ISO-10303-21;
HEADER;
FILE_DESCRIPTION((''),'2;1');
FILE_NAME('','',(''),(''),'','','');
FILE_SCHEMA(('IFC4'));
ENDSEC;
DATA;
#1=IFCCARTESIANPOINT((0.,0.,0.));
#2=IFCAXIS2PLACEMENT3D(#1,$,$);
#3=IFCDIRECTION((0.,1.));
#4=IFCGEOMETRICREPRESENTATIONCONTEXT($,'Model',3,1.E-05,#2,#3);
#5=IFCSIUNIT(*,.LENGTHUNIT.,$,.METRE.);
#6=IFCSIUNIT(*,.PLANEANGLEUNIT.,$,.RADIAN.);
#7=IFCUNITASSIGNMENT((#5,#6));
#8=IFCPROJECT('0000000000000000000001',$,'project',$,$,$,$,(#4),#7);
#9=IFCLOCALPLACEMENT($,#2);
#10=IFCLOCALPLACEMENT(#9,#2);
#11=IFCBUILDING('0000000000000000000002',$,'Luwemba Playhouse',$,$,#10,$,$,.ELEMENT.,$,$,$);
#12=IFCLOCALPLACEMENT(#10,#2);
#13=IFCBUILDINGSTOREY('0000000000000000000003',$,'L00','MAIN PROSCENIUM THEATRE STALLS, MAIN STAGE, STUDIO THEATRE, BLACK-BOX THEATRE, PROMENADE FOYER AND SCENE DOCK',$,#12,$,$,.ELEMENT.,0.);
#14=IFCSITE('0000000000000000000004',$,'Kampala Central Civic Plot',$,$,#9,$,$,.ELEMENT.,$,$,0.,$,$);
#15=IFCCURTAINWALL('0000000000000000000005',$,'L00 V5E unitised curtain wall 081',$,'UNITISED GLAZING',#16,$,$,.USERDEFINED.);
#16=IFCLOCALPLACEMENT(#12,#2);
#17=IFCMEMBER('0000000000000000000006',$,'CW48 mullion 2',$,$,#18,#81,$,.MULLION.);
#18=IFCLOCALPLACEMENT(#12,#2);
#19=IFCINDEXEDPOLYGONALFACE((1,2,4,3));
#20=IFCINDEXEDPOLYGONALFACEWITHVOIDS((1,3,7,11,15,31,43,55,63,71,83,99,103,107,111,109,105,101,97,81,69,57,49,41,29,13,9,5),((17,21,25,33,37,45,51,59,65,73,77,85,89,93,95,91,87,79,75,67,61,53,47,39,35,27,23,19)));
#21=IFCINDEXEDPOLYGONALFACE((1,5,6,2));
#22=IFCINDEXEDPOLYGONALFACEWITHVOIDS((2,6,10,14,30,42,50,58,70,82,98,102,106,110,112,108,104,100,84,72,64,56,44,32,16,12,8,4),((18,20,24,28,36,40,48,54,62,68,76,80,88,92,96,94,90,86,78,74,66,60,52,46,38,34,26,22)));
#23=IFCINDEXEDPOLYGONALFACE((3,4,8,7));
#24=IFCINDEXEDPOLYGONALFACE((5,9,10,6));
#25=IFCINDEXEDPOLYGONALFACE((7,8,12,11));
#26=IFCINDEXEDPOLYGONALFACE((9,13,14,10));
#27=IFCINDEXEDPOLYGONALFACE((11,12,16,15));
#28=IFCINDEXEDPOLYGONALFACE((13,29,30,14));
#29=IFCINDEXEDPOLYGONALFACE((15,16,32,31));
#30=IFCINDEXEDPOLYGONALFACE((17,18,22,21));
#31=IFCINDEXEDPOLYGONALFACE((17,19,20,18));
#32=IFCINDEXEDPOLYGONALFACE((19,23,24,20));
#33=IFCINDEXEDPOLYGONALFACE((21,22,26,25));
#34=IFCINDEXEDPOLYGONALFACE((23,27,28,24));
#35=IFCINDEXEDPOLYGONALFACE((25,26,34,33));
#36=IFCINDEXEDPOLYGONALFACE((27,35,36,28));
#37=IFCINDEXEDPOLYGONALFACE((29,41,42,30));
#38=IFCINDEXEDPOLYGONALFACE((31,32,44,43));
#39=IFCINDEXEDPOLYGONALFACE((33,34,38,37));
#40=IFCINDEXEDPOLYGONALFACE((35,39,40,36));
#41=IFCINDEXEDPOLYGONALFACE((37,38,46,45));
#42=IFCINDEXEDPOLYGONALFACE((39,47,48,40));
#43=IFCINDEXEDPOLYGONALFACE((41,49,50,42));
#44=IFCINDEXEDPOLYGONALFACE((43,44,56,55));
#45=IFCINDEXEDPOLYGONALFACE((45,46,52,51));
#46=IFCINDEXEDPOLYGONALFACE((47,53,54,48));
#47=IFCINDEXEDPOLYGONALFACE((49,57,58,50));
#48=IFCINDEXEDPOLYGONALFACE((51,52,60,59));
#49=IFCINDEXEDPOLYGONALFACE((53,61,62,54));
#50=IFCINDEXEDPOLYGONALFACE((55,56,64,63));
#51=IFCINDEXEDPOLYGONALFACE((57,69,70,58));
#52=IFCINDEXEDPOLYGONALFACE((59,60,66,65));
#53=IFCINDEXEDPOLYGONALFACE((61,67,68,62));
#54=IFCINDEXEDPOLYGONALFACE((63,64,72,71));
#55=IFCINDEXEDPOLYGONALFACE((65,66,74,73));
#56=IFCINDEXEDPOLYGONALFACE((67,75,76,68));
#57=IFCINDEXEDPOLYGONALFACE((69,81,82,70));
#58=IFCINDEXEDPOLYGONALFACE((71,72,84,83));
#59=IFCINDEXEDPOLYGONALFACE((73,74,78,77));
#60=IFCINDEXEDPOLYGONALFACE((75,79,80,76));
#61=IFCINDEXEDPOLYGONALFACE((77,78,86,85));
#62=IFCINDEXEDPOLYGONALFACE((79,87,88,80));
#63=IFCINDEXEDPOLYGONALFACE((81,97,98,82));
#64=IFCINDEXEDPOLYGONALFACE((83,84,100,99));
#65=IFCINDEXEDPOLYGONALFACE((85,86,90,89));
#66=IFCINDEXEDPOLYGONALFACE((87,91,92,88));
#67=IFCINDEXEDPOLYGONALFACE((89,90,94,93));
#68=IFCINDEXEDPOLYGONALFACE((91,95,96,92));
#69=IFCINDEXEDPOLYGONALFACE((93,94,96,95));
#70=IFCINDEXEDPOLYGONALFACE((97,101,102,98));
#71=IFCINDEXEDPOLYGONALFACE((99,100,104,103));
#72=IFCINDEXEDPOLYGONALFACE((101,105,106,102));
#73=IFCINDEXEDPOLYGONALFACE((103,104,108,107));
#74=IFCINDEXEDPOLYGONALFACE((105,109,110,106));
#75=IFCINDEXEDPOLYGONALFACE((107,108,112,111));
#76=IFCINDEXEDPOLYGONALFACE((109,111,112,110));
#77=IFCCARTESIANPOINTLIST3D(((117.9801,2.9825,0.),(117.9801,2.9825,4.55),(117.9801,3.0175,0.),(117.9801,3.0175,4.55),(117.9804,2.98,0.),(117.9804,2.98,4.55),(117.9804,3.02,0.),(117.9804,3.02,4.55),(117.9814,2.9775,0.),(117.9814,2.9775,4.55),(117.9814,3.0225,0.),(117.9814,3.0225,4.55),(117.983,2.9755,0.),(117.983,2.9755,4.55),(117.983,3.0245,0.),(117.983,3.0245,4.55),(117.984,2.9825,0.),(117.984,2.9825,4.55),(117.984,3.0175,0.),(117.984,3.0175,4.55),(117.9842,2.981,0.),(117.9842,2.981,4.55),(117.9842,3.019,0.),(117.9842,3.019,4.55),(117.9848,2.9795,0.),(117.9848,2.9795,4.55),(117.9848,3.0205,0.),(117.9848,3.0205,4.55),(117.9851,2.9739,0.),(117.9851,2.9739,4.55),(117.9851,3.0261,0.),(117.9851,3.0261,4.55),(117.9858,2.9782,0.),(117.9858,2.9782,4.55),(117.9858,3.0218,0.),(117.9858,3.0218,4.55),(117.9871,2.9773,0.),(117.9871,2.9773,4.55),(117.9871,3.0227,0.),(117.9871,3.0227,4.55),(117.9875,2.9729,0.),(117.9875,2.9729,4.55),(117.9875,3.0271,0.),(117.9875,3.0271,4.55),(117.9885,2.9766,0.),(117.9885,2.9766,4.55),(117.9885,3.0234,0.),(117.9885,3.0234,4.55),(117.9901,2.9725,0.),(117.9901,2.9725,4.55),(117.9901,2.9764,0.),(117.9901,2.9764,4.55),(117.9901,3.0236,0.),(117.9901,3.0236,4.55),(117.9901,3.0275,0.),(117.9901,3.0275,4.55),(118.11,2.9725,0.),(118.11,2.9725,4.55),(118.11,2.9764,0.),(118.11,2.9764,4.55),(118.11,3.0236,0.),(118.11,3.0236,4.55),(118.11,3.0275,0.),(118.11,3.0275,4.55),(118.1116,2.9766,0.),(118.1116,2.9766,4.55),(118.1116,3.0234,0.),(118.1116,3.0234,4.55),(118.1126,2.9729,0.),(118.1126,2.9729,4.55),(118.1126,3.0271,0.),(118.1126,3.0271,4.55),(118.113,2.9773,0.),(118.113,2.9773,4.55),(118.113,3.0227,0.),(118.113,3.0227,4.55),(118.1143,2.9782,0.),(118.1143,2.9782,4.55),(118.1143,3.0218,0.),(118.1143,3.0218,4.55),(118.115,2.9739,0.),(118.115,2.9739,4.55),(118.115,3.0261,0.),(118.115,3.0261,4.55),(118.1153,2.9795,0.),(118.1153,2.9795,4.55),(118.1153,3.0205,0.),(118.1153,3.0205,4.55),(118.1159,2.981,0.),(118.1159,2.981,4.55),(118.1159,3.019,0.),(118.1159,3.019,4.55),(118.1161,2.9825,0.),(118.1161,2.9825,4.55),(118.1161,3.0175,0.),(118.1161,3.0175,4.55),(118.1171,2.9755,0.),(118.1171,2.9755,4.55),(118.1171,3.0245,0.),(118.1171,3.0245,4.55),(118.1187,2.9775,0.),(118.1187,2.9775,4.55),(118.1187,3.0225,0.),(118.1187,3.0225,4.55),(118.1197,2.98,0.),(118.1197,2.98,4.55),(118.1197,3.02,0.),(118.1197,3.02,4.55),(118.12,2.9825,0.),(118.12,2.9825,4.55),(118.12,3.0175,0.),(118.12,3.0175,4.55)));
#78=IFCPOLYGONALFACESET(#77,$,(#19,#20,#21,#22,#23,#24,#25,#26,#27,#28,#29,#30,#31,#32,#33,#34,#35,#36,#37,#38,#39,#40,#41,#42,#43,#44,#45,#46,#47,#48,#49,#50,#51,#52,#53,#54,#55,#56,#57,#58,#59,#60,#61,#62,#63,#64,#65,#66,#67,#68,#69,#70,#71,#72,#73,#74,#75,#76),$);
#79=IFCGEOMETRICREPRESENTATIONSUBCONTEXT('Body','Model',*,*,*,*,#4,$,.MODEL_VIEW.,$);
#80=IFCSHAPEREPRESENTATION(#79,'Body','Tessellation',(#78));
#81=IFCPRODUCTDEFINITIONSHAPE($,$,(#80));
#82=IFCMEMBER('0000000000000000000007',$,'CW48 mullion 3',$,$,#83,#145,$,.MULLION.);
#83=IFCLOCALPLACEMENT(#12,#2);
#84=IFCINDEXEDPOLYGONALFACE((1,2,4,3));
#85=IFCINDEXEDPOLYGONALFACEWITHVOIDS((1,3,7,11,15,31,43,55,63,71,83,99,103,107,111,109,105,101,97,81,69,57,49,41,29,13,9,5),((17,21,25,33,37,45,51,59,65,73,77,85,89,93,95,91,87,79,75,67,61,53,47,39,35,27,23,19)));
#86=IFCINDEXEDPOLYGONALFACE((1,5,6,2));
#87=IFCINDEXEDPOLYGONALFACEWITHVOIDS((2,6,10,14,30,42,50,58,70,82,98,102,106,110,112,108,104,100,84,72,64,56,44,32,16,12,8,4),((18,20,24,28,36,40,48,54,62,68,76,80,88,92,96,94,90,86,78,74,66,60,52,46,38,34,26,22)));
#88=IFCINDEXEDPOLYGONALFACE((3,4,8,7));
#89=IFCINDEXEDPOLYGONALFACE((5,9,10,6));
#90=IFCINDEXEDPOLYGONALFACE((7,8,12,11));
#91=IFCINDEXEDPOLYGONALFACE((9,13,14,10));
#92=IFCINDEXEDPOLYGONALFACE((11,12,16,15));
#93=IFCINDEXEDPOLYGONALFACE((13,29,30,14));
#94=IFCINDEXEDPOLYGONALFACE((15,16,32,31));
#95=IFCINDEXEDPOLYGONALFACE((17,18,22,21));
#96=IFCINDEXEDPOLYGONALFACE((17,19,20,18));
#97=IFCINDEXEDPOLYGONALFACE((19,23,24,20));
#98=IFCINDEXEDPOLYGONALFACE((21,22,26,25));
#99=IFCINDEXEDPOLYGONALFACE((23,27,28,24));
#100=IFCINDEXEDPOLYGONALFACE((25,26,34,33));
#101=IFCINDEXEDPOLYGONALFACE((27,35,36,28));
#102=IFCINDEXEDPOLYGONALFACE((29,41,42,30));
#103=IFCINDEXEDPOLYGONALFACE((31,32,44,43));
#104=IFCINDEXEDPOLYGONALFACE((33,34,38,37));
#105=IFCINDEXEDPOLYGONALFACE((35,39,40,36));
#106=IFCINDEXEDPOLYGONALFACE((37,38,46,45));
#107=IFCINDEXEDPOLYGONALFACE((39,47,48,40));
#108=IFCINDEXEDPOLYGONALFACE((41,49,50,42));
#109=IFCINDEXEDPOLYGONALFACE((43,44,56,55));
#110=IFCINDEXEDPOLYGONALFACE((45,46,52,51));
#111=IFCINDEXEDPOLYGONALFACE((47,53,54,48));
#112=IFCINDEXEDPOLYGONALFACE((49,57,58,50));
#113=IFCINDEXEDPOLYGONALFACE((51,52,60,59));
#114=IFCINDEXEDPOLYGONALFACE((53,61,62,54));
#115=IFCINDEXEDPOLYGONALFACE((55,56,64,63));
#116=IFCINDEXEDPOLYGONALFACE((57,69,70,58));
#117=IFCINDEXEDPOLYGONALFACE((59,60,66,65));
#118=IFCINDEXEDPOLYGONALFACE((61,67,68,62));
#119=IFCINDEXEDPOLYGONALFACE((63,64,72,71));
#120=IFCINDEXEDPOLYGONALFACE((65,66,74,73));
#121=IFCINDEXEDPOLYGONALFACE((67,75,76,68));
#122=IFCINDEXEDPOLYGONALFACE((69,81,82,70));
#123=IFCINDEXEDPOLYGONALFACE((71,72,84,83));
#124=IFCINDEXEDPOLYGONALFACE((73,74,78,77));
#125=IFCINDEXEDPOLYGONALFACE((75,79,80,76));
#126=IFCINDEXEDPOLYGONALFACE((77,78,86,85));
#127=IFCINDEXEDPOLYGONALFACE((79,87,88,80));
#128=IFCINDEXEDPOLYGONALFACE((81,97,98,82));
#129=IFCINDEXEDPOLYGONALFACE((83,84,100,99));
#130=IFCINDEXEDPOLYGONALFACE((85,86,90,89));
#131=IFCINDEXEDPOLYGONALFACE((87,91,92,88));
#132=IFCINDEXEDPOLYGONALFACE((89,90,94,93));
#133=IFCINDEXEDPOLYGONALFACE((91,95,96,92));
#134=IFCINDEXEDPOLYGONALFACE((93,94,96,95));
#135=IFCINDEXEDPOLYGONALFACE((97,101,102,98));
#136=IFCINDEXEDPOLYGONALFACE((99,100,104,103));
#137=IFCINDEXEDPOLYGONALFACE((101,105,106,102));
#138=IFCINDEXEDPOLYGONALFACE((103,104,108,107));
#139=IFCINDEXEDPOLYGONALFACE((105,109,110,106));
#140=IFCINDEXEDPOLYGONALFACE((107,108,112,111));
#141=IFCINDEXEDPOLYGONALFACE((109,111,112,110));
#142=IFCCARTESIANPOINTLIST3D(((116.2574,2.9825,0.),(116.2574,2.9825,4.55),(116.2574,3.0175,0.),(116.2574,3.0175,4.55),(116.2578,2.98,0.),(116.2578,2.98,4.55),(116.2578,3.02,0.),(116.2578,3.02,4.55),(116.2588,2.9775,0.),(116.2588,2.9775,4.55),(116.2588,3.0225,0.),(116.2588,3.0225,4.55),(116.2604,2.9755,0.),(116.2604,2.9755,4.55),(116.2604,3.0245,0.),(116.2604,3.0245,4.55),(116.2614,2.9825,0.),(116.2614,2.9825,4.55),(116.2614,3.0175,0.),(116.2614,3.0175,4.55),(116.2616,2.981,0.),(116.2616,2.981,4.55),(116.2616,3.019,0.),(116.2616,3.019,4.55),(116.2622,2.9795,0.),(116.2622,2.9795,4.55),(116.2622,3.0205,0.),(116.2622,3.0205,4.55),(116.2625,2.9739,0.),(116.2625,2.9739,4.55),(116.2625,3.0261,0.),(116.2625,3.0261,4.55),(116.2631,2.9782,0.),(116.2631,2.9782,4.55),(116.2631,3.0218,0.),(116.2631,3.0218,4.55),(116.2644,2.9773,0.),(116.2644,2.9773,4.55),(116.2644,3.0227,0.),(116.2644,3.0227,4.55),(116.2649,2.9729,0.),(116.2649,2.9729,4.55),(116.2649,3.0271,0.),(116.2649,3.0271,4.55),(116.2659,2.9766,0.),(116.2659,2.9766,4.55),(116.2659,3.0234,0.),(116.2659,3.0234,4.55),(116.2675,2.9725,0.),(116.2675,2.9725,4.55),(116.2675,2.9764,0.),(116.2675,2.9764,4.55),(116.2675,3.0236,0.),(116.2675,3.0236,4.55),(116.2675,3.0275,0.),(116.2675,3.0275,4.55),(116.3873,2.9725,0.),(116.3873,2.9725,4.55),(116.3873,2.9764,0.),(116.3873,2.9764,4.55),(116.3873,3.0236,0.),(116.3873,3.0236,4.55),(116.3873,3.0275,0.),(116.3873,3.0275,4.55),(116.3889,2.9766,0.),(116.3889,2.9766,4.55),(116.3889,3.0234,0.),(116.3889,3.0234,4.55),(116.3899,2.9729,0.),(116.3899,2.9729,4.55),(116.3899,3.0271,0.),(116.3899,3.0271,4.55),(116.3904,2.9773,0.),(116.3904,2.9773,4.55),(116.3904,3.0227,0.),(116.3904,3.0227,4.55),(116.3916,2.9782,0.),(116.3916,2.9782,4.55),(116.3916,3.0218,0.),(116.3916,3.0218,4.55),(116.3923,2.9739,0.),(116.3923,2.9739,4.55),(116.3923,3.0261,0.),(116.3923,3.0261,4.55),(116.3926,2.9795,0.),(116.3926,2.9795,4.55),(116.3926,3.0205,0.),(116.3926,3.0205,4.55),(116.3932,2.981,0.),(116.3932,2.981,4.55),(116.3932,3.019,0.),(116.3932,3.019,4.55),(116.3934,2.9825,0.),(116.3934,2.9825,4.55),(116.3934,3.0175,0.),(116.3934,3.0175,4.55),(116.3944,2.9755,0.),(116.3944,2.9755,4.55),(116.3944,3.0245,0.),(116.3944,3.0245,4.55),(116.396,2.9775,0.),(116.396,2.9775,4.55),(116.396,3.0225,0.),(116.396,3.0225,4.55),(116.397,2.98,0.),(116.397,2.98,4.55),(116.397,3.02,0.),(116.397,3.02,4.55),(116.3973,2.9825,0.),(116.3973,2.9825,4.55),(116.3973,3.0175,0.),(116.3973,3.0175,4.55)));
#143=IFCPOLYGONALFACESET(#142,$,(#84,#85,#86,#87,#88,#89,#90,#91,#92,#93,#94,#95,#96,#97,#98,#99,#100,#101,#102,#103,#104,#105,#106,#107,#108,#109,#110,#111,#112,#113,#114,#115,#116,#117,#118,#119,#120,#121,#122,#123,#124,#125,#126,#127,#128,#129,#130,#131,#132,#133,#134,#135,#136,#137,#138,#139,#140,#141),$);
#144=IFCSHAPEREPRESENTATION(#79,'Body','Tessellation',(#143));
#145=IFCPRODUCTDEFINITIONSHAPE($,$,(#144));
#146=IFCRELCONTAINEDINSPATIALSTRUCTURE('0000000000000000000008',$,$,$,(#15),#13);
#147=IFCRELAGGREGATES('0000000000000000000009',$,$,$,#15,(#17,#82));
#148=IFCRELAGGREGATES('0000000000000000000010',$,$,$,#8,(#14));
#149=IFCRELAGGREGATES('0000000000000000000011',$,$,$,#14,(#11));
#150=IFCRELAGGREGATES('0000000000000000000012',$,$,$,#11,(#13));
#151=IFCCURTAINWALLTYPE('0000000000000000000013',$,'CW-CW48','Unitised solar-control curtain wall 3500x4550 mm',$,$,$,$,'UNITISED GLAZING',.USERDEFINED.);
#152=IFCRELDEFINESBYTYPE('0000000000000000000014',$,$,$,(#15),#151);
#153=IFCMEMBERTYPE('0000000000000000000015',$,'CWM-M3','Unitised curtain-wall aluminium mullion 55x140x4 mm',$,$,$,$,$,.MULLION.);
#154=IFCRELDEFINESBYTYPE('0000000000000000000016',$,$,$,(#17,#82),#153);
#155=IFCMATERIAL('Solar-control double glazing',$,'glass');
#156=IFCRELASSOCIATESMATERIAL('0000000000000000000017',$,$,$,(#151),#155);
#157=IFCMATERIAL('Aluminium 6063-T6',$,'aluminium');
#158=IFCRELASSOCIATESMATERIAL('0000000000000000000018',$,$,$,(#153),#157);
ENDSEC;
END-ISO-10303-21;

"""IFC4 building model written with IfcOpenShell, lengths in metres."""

from ifc_helpers import new_model, si_unit, direction, frame, origin, origin_2d, place, context, subcontext, project, spatial, hollow_rectangle, extrude, material, material_profile, profile_set, type_object, element, aggregate, save


model = new_model("IFC4")

# Units and contexts
model_context = context("Model", 3, precision=1e-05, world=origin(), true_north=direction((0.0, 1.0)))
body_context = subcontext(model_context, "Body", "Model", "MODEL_VIEW")
ifc_project = project(units=[si_unit("LENGTHUNIT", "METRE"), si_unit("PLANEANGLEUNIT", "RADIAN")], contexts=[model_context])

# Site, building, storey
site_placement = place(None, origin())
site = spatial("IfcSite", under=ifc_project, at=site_placement, Name="Kampala Central Civic Plot", CompositionType="ELEMENT", RefElevation=0.0)
building_placement = place(site_placement, origin())
building = spatial("IfcBuilding", under=site, at=building_placement, Name="Luwemba Playhouse", CompositionType="ELEMENT")
storey_placement = place(building_placement, origin())
storey = spatial("IfcBuildingStorey", under=building, at=storey_placement, Name="L00", Description="MAIN PROSCENIUM THEATRE STALLS, MAIN STAGE, STUDIO THEATRE, BLACK-BOX THEATRE, PROMENADE FOYER AND SCENE DOCK", CompositionType="ELEMENT", Elevation=0.0)

# Shared definitions
ifc_material_1 = material(Name="Solar-control double glazing", Category="glass")
ifc_material_2 = material(Name="Aluminium 6063-T6", Category="aluminium")

# Curtain wall, members
curtain_wall_type_1 = type_object("IfcCurtainWallType", Name="CW-CW48", Description="Unitised solar-control curtain wall 3500x4550 mm", ElementType="UNITISED GLAZING", PredefinedType="USERDEFINED", material=ifc_material_1)
curtain_wall_1_placement = place(storey_placement, origin())
curtain_wall_1 = element("IfcCurtainWall", 1, at=curtain_wall_1_placement, inside=storey, type_object=curtain_wall_type_1, Name="L00 V5E unitised curtain wall 081", ObjectType="UNITISED GLAZING", PredefinedType="USERDEFINED")
ifc_material_profile_1 = material_profile(ifc_material_2, hollow_rectangle(XDim=0.0549, YDim=0.1399, WallThickness=0.0039, InnerFilletRadius=0.0061, OuterFilletRadius=0.01, at=origin_2d()))
ifc_profile_set_1 = profile_set([ifc_material_profile_1], Name="Aluminium 6063-T6")
member_type_1 = type_object("IfcMemberType", Name="CWM-M3", Description="Unitised curtain-wall aluminium mullion 55x140x4 mm", PredefinedType="MULLION", material=ifc_profile_set_1)
member_1_placement = place(storey_placement, frame((118.05, 3.0, 0.0), z_axis=(0.0, 0.0, 1.0), x_axis=(0.0, -1.0, 0.0)))
member_1 = element("IfcMember", 2, at=member_1_placement, type_object=member_type_1, Name="CW48 mullion 2", PredefinedType="MULLION", context=body_context, shape_type="SweptSolid", body=[
    extrude(hollow_rectangle(XDim=0.0549, YDim=0.1399, WallThickness=0.0039, InnerFilletRadius=0.0061, OuterFilletRadius=0.01, at=origin_2d()), origin(), (0.0, 0.0, 1.0), 4.55),
])
member_2_placement = place(storey_placement, frame((116.3274, 3.0, 0.0), z_axis=(0.0, 0.0, 1.0), x_axis=(0.0, -1.0, 0.0)))
member_2 = element("IfcMember", 3, at=member_2_placement, type_object=member_type_1, Name="CW48 mullion 3", PredefinedType="MULLION", context=body_context, shape_type="SweptSolid", body=[
    extrude(hollow_rectangle(XDim=0.0549, YDim=0.1399, WallThickness=0.0039, InnerFilletRadius=0.0061, OuterFilletRadius=0.01, at=origin_2d()), origin(), (0.0, 0.0, 1.0), 4.55),
])

aggregate(curtain_wall_1, [member_1, member_2])

save(model, "model.ifc")
